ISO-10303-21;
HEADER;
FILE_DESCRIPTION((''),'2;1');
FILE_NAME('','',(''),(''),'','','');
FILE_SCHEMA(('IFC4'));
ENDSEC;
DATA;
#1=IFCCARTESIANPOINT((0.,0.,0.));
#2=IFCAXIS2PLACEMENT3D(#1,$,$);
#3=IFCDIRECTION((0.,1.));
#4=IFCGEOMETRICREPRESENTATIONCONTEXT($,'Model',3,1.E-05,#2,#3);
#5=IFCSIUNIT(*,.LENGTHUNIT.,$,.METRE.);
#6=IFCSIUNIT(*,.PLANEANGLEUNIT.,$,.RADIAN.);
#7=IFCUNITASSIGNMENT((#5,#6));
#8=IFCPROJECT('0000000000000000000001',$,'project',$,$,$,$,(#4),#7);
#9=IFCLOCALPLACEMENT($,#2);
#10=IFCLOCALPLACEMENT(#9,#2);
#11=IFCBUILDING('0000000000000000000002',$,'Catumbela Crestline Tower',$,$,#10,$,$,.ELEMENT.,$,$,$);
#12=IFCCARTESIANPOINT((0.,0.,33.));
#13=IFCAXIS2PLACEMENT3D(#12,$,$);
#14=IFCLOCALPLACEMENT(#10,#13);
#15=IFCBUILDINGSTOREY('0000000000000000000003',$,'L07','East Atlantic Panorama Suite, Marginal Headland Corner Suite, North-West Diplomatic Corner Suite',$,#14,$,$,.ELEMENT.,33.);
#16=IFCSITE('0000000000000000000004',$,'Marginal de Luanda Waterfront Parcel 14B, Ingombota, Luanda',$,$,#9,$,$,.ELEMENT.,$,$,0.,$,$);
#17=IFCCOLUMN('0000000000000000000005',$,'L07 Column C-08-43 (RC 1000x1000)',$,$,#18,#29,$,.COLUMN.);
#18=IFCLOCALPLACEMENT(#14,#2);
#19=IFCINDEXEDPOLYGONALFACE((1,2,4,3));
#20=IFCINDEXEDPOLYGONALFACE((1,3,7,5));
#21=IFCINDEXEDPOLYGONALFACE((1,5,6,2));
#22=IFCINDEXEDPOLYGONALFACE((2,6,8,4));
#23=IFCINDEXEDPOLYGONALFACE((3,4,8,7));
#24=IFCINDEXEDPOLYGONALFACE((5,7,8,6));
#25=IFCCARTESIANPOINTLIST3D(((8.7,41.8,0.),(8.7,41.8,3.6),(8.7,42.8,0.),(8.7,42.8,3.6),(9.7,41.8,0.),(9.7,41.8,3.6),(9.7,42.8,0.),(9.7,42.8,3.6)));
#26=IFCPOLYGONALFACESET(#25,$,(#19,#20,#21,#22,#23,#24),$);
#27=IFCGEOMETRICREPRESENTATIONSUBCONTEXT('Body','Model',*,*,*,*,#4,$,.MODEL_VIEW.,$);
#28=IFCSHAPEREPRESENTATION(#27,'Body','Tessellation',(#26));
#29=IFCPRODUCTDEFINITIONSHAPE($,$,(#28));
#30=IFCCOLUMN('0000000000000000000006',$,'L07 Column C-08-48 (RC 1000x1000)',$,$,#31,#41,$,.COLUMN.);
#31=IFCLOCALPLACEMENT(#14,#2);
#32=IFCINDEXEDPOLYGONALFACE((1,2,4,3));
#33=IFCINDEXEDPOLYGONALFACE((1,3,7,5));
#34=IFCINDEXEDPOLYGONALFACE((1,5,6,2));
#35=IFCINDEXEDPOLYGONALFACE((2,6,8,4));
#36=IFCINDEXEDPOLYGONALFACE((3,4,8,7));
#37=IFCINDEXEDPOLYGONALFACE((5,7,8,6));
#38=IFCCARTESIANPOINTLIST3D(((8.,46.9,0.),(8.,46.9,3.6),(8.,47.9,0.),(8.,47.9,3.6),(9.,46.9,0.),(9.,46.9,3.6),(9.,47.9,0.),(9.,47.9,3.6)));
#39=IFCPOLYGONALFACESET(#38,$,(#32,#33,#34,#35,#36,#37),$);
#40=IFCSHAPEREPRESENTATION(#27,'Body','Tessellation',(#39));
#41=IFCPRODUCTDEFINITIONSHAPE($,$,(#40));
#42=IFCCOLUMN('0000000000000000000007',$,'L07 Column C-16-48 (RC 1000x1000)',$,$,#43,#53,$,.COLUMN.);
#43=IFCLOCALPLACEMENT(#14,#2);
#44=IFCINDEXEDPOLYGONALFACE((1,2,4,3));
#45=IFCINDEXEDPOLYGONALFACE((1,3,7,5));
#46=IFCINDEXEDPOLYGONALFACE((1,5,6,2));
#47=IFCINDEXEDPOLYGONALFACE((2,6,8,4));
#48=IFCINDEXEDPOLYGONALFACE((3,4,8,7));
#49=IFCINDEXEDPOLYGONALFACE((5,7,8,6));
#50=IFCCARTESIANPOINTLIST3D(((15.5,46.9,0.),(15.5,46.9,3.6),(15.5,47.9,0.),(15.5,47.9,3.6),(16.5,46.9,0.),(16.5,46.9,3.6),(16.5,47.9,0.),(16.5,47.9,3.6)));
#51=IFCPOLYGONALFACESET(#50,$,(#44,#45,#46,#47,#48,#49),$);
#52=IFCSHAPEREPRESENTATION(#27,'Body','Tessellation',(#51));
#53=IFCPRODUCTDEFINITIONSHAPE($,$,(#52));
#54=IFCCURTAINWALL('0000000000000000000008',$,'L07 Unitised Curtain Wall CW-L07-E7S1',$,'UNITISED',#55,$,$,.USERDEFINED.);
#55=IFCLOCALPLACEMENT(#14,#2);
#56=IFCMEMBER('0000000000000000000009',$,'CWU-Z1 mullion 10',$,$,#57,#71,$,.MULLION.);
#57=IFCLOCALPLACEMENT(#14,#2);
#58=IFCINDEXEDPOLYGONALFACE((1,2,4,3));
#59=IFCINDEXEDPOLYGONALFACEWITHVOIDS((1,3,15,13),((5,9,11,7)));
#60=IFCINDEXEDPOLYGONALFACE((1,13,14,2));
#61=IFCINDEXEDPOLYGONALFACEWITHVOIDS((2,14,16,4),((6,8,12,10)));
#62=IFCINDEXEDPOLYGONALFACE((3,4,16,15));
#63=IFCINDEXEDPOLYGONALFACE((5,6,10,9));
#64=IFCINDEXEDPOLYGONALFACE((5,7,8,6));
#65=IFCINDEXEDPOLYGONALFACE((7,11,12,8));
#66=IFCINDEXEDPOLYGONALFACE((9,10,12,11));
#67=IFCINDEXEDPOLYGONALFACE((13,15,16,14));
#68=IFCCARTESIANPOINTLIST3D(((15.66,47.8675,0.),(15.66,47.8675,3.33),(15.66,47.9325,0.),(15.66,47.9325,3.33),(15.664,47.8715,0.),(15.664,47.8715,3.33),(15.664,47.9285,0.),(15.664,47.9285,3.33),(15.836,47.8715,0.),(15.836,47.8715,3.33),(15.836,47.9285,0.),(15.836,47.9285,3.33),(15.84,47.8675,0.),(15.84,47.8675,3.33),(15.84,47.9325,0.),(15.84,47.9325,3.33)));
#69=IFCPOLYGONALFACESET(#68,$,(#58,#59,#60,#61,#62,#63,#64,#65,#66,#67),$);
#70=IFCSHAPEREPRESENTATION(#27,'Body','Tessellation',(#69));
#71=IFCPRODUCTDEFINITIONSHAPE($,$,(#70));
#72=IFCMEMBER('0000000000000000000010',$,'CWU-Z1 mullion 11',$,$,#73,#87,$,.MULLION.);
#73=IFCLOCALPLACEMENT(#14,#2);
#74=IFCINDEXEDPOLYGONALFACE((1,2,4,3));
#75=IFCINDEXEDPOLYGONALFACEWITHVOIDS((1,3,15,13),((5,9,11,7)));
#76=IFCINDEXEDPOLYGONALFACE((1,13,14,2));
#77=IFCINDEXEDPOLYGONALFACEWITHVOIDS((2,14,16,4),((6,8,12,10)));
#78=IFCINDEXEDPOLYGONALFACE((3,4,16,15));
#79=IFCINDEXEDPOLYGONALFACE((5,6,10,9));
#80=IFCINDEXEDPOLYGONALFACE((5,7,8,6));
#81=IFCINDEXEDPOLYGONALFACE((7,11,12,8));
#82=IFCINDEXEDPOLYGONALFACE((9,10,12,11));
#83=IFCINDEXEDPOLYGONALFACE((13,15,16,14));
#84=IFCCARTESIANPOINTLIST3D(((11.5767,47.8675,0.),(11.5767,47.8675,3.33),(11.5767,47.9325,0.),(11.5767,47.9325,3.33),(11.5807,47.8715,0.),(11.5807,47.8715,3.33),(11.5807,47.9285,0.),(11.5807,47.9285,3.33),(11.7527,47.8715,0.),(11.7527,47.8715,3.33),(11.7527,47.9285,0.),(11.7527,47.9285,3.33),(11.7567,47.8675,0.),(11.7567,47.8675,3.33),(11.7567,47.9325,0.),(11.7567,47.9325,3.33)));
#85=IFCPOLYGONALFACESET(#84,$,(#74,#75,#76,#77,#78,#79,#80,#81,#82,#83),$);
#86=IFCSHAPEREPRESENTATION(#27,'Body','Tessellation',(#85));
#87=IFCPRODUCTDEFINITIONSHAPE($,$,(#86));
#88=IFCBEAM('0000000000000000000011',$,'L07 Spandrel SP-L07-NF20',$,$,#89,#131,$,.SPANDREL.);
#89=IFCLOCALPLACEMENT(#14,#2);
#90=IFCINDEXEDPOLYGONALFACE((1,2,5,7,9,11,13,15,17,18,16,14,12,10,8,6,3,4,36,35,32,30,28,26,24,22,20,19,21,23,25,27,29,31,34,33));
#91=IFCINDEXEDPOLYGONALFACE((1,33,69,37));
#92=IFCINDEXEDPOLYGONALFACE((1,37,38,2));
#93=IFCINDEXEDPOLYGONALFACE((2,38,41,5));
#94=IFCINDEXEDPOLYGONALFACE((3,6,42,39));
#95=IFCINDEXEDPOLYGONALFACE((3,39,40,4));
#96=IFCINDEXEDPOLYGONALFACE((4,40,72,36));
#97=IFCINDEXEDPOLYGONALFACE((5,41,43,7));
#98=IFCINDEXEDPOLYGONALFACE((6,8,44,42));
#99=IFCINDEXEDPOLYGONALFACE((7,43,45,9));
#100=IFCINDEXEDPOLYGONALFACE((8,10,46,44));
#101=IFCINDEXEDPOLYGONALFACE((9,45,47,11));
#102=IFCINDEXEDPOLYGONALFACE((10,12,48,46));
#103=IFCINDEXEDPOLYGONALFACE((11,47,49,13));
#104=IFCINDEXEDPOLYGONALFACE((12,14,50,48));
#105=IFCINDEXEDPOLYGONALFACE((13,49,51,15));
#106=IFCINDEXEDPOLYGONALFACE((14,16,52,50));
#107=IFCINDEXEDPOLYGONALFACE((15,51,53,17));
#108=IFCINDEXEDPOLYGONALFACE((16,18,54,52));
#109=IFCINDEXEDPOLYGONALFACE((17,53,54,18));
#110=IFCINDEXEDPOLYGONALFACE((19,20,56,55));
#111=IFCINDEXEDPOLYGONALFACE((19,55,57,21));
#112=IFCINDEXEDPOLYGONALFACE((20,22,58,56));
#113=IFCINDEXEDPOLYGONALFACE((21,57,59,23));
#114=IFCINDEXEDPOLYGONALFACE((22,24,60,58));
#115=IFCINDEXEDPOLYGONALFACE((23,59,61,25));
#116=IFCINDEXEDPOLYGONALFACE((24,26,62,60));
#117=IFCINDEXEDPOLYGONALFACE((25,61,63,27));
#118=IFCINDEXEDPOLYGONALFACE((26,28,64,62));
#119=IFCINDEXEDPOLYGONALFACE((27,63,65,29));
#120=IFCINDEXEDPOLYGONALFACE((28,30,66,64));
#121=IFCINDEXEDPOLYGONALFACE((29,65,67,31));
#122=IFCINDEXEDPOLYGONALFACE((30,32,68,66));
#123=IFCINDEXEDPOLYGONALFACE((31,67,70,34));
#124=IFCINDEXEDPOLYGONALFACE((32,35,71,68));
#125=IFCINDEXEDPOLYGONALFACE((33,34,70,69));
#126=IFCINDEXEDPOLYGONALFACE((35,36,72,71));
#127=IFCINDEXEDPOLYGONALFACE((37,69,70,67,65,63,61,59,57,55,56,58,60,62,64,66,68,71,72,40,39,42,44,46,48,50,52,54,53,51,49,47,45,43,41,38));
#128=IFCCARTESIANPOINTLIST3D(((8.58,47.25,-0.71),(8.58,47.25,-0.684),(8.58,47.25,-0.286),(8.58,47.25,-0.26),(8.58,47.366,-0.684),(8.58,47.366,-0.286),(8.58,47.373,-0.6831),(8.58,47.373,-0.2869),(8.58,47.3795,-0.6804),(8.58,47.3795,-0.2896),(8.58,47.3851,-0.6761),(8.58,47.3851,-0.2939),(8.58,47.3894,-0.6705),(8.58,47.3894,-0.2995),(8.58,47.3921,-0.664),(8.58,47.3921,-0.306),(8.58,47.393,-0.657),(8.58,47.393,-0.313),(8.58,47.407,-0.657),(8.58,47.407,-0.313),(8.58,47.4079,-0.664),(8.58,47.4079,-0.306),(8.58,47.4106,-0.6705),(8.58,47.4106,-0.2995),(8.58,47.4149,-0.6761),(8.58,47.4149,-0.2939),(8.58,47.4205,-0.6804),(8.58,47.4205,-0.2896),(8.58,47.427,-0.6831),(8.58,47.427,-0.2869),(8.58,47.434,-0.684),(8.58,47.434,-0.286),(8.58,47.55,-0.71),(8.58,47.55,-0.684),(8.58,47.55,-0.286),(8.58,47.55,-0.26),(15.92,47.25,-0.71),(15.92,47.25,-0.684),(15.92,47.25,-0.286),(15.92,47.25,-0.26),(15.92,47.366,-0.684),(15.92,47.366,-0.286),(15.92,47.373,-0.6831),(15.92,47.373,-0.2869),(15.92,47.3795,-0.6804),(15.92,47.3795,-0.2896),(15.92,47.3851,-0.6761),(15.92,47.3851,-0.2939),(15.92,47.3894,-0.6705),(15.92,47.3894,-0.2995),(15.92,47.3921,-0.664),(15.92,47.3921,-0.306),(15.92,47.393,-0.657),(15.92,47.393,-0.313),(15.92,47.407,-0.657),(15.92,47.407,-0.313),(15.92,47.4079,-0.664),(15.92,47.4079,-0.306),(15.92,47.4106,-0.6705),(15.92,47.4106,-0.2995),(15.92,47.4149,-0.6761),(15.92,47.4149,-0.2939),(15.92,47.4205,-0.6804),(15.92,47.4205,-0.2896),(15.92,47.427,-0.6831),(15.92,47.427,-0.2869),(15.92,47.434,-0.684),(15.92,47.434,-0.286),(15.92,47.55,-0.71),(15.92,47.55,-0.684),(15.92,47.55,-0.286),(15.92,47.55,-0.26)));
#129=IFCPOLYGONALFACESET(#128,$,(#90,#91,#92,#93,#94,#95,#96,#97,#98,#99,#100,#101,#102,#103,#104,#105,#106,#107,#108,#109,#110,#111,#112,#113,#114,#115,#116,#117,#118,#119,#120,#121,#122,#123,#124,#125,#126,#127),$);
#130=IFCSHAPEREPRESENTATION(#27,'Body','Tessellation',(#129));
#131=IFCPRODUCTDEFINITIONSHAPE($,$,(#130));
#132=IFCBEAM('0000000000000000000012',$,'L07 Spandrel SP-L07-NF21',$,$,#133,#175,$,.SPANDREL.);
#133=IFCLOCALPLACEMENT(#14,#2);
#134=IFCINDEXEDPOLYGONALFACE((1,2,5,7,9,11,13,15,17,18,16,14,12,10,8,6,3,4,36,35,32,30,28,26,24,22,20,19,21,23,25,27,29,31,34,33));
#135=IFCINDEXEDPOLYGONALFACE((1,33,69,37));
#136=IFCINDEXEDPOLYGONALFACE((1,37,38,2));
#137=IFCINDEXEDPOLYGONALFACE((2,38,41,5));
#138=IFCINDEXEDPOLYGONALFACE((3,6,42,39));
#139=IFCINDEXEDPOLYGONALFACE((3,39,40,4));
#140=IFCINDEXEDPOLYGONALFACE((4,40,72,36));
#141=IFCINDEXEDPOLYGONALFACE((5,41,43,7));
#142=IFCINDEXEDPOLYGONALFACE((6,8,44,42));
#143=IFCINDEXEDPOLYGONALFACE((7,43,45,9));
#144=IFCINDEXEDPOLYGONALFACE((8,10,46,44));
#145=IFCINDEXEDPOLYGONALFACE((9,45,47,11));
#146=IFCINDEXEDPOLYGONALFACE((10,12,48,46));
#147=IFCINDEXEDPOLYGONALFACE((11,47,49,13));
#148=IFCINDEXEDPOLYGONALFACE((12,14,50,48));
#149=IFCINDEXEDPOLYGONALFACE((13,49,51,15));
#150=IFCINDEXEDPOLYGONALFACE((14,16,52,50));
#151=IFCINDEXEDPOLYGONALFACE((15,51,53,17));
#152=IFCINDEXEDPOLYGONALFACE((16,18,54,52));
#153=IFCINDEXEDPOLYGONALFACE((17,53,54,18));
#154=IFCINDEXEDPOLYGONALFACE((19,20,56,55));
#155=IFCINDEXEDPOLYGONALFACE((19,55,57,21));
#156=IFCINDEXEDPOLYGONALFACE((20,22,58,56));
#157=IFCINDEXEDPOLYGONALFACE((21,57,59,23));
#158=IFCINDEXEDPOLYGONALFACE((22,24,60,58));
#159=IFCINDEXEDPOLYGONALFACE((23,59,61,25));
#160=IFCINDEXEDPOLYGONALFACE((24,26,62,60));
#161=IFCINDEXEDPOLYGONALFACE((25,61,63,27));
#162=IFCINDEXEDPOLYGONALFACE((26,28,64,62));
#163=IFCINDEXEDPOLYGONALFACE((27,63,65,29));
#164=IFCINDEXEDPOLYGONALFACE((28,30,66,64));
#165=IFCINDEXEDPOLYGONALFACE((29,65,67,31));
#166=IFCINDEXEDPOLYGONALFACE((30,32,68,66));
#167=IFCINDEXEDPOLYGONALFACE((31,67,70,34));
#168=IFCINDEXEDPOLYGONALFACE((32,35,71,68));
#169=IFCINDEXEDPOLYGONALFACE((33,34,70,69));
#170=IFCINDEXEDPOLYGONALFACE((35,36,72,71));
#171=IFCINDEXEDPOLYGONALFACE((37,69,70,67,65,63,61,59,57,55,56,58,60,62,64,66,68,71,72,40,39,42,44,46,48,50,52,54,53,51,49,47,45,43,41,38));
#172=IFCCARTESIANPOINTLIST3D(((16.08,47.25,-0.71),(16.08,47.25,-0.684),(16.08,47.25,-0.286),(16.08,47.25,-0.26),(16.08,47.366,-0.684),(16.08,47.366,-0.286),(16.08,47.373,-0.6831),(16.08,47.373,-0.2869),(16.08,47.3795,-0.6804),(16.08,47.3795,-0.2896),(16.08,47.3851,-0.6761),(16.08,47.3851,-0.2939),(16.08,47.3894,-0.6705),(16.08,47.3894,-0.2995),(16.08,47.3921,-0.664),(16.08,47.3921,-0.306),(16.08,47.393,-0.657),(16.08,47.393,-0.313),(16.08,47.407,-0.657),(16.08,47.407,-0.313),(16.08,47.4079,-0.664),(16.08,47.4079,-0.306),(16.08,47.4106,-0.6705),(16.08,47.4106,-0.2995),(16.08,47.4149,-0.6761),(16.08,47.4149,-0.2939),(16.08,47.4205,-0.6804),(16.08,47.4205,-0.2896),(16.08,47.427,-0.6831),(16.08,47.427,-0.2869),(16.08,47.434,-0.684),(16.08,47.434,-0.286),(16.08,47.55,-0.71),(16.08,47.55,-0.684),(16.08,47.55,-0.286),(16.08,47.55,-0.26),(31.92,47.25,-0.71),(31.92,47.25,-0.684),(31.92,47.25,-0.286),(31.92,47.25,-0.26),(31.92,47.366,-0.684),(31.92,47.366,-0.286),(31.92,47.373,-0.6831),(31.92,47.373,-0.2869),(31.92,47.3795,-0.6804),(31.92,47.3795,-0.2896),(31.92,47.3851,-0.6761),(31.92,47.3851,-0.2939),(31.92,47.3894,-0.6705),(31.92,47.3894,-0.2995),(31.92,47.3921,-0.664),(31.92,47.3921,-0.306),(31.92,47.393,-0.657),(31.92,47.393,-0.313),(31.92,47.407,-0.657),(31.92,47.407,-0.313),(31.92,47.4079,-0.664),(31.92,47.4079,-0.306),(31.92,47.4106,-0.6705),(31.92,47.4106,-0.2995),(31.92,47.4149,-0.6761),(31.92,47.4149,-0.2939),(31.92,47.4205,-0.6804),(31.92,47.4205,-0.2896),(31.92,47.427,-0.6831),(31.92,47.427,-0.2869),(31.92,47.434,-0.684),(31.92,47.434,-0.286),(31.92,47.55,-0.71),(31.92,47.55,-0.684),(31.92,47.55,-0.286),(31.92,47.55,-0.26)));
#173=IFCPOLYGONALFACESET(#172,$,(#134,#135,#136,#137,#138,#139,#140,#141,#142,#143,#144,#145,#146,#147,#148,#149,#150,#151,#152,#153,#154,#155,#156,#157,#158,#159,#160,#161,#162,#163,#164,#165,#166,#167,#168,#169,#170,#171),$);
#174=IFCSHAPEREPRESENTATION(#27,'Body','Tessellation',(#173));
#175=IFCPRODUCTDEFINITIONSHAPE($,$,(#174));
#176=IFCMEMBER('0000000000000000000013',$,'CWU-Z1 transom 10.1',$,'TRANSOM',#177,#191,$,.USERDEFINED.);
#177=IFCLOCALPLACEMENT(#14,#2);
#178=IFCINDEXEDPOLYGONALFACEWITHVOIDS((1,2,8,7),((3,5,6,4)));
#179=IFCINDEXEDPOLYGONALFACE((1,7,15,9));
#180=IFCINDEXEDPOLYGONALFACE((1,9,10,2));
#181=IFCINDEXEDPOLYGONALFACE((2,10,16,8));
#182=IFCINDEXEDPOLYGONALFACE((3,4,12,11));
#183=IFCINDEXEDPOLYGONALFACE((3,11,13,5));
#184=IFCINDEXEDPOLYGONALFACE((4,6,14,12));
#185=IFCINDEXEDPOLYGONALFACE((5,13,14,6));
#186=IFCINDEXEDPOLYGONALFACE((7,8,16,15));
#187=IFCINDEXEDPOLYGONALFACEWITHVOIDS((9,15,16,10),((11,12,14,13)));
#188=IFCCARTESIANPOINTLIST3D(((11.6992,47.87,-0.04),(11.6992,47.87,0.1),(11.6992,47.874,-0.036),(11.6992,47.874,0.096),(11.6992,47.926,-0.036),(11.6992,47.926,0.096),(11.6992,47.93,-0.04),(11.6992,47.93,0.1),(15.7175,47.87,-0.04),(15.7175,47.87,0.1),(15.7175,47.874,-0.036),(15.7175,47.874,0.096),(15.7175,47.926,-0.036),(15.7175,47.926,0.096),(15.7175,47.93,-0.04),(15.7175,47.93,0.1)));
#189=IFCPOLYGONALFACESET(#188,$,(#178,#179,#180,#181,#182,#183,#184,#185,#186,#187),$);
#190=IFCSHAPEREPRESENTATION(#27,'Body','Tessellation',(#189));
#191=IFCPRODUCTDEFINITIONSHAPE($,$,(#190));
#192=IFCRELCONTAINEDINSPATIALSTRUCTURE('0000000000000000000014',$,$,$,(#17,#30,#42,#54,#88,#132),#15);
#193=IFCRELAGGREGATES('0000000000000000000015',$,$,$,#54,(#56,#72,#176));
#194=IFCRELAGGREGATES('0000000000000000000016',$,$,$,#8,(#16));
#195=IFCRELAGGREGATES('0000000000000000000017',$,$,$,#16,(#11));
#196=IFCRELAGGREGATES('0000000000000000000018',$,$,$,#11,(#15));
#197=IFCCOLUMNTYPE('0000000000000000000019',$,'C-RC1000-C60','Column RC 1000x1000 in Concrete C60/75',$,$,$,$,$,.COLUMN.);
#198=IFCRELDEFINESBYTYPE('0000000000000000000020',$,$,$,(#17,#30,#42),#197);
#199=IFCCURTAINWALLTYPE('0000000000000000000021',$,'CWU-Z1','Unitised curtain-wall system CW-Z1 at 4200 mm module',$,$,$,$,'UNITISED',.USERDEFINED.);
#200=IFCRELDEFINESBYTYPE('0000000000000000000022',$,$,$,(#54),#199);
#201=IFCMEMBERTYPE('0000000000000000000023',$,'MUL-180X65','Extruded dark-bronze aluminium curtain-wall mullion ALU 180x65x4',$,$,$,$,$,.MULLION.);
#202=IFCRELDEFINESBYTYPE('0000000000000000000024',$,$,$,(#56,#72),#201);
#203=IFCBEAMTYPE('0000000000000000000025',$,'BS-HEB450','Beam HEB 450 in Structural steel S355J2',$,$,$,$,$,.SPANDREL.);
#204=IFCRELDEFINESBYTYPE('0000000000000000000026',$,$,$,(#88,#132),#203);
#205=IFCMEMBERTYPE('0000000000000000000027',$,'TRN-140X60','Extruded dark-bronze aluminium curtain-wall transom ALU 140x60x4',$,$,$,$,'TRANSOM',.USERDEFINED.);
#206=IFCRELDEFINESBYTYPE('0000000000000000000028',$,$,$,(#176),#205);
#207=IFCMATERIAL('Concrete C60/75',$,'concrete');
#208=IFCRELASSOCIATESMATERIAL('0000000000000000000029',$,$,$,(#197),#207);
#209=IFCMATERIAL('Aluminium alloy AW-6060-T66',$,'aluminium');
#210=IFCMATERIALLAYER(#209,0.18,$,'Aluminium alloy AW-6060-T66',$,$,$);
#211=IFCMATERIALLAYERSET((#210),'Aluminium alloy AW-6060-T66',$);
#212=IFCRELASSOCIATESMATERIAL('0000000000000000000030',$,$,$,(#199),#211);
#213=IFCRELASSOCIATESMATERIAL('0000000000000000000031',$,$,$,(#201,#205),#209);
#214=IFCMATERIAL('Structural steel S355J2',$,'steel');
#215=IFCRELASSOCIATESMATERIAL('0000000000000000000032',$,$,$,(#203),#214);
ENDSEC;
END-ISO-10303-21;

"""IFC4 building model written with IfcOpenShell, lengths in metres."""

from ifc_helpers import new_model, si_unit, direction, frame, origin, origin_2d, place, context, subcontext, project, spatial, rectangle, hollow_rectangle, i_section, extrude, material, layer, layer_set, material_profile, profile_set, type_object, element, aggregate, save


model = new_model("IFC4")

# Units and contexts
model_context = context("Model", 3, precision=1e-05, world=origin(), true_north=direction((0.0, 1.0)))
body_context = subcontext(model_context, "Body", "Model", "MODEL_VIEW")
ifc_project = project(units=[si_unit("LENGTHUNIT", "METRE"), si_unit("PLANEANGLEUNIT", "RADIAN")], contexts=[model_context])

# Site, building, storey
site_placement = place(None, origin())
site = spatial("IfcSite", under=ifc_project, at=site_placement, Name="Marginal de Luanda Waterfront Parcel 14B, Ingombota, Luanda", CompositionType="ELEMENT", RefElevation=0.0)
building_placement = place(site_placement, origin())
building = spatial("IfcBuilding", under=site, at=building_placement, Name="Catumbela Crestline Tower", CompositionType="ELEMENT")
storey_placement = place(building_placement, frame((0.0, 0.0, 33.0)))
storey = spatial("IfcBuildingStorey", under=building, at=storey_placement, Name="L07", Description="East Atlantic Panorama Suite, Marginal Headland Corner Suite, North-West Diplomatic Corner Suite", CompositionType="ELEMENT", Elevation=33.0)

# Columns
ifc_material_1 = material(Name="Concrete C60/75", Category="concrete")
ifc_material_profile_1 = material_profile(ifc_material_1, rectangle(XDim=1.0, YDim=1.0, at=origin_2d()), Name="RC 1000x1000")
ifc_profile_set_1 = profile_set([ifc_material_profile_1], Name="Concrete C60/75")
column_type = type_object("IfcColumnType", Name="C-RC1000-C60", Description="Column RC 1000x1000 in Concrete C60/75", PredefinedType="COLUMN", material=ifc_profile_set_1)
for number, where, z_axis, x_axis, name in (
    (1, (9.2, 42.3, 0.0), (0.0, 0.0, 1.0), (1.0, 0.0, 0.0), "L07 Column C-08-43 (RC 1000x1000)"),
    (2, (8.5, 47.4, 0.0), (0.0, 0.0, 1.0), (1.0, 0.0, 0.0), "L07 Column C-08-48 (RC 1000x1000)"),
    (3, (16.0, 47.4, 0.0), (0.0, 0.0, 1.0), (1.0, 0.0, 0.0), "L07 Column C-16-48 (RC 1000x1000)"),
):
    element("IfcColumn", number, at=place(storey_placement, frame(where, z_axis=z_axis, x_axis=x_axis)), inside=storey, type_object=column_type, Name=name, PredefinedType="COLUMN", context=body_context, shape_type="SweptSolid", body=[
        extrude(rectangle(XDim=1.0, YDim=1.0, at=origin_2d()), origin(), (0.0, 0.0, 1.0), 3.6),
    ])

# Curtain wall, members
ifc_material_2 = material(Name="Aluminium alloy AW-6060-T66", Category="aluminium")
ifc_layer_1 = layer(ifc_material_2, 0.18, Name="Aluminium alloy AW-6060-T66")
ifc_layer_set_1 = layer_set([ifc_layer_1], Name="Aluminium alloy AW-6060-T66")
curtain_wall_type = type_object("IfcCurtainWallType", Name="CWU-Z1", Description="Unitised curtain-wall system CW-Z1 at 4200 mm module", ElementType="UNITISED", PredefinedType="USERDEFINED", material=ifc_layer_set_1)
curtain_wall_placement = place(storey_placement, origin())
curtain_wall = element("IfcCurtainWall", 4, at=curtain_wall_placement, inside=storey, type_object=curtain_wall_type, Name="L07 Unitised Curtain Wall CW-L07-E7S1", ObjectType="UNITISED", PredefinedType="USERDEFINED")
ifc_material_profile_2 = material_profile(ifc_material_2, hollow_rectangle(XDim=0.065, YDim=0.18, WallThickness=0.004, at=origin_2d()), Name="ALU 180x65x4")
ifc_profile_set_2 = profile_set([ifc_material_profile_2], Name="Aluminium alloy AW-6060-T66")
member_type_1 = type_object("IfcMemberType", Name="MUL-180X65", Description="Extruded dark-bronze aluminium curtain-wall mullion ALU 180x65x4", PredefinedType="MULLION", material=ifc_profile_set_2)
member_1_placement = place(storey_placement, frame((15.75, 47.9, 0.0), z_axis=(0.0, 0.0, 1.0), x_axis=(0.0, -1.0, 0.0)))
member_1 = element("IfcMember", 5, at=member_1_placement, type_object=member_type_1, Name="CWU-Z1 mullion 10", PredefinedType="MULLION", context=body_context, shape_type="SweptSolid", body=[
    extrude(hollow_rectangle(XDim=0.065, YDim=0.18, WallThickness=0.004, at=origin_2d()), origin(), (0.0, 0.0, 1.0), 3.33),
])
member_2_placement = place(storey_placement, frame((11.6667, 47.9, 0.0), z_axis=(0.0, 0.0, 1.0), x_axis=(0.0, -1.0, 0.0)))
member_2 = element("IfcMember", 6, at=member_2_placement, type_object=member_type_1, Name="CWU-Z1 mullion 11", PredefinedType="MULLION", context=body_context, shape_type="SweptSolid", body=[
    extrude(hollow_rectangle(XDim=0.065, YDim=0.18, WallThickness=0.004, at=origin_2d()), origin(), (0.0, 0.0, 1.0), 3.33),
])

# Beams
ifc_material_3 = material(Name="Structural steel S355J2", Category="steel")
ifc_material_profile_3 = material_profile(ifc_material_3, i_section(OverallWidth=0.3, OverallDepth=0.45, WebThickness=0.014, FlangeThickness=0.026, FilletRadius=0.027, at=origin_2d()), Name="HEB 450")
ifc_profile_set_3 = profile_set([ifc_material_profile_3], Name="Structural steel S355J2")
beam_type = type_object("IfcBeamType", Name="BS-HEB450", Description="Beam HEB 450 in Structural steel S355J2", PredefinedType="SPANDREL", material=ifc_profile_set_3)
beam_1_placement = place(storey_placement, frame((8.58, 47.4, -0.485), z_axis=(1.0, 0.0, 0.0), x_axis=(0.0, 1.0, 0.0)))
element("IfcBeam", 7, at=beam_1_placement, inside=storey, type_object=beam_type, Name="L07 Spandrel SP-L07-NF20", PredefinedType="SPANDREL", context=body_context, shape_type="SweptSolid", body=[
    extrude(i_section(OverallWidth=0.3, OverallDepth=0.45, WebThickness=0.014, FlangeThickness=0.026, FilletRadius=0.027, at=origin_2d()), origin(), (0.0, 0.0, 1.0), 7.34),
])
beam_2_placement = place(storey_placement, frame((16.08, 47.4, -0.485), z_axis=(1.0, 0.0, 0.0), x_axis=(0.0, 1.0, 0.0)))
element("IfcBeam", 8, at=beam_2_placement, inside=storey, type_object=beam_type, Name="L07 Spandrel SP-L07-NF21", PredefinedType="SPANDREL", context=body_context, shape_type="SweptSolid", body=[
    extrude(i_section(OverallWidth=0.3, OverallDepth=0.45, WebThickness=0.014, FlangeThickness=0.026, FilletRadius=0.027, at=origin_2d()), origin(), (0.0, 0.0, 1.0), 15.84),
])

# Member
ifc_material_profile_4 = material_profile(ifc_material_2, hollow_rectangle(XDim=0.06, YDim=0.14, WallThickness=0.004, at=origin_2d()), Name="ALU 140x60x4")
ifc_profile_set_4 = profile_set([ifc_material_profile_4], Name="Aluminium alloy AW-6060-T66")
member_type_2 = type_object("IfcMemberType", Name="TRN-140X60", Description="Extruded dark-bronze aluminium curtain-wall transom ALU 140x60x4", ElementType="TRANSOM", PredefinedType="USERDEFINED", material=ifc_profile_set_4)
member_3_placement = place(storey_placement, frame((15.7175, 47.9, 0.03), z_axis=(-1.0, 0.0, 0.0), x_axis=(0.0, -1.0, 0.0)))
member_3 = element("IfcMember", 9, at=member_3_placement, type_object=member_type_2, Name="CWU-Z1 transom 10.1", ObjectType="TRANSOM", PredefinedType="USERDEFINED", context=body_context, shape_type="SweptSolid", body=[
    extrude(hollow_rectangle(XDim=0.06, YDim=0.14, WallThickness=0.004, at=origin_2d()), origin(), (0.0, 0.0, 1.0), 4.0183),
])

aggregate(curtain_wall, [member_1, member_2, member_3])

save(model, "model.ifc")
